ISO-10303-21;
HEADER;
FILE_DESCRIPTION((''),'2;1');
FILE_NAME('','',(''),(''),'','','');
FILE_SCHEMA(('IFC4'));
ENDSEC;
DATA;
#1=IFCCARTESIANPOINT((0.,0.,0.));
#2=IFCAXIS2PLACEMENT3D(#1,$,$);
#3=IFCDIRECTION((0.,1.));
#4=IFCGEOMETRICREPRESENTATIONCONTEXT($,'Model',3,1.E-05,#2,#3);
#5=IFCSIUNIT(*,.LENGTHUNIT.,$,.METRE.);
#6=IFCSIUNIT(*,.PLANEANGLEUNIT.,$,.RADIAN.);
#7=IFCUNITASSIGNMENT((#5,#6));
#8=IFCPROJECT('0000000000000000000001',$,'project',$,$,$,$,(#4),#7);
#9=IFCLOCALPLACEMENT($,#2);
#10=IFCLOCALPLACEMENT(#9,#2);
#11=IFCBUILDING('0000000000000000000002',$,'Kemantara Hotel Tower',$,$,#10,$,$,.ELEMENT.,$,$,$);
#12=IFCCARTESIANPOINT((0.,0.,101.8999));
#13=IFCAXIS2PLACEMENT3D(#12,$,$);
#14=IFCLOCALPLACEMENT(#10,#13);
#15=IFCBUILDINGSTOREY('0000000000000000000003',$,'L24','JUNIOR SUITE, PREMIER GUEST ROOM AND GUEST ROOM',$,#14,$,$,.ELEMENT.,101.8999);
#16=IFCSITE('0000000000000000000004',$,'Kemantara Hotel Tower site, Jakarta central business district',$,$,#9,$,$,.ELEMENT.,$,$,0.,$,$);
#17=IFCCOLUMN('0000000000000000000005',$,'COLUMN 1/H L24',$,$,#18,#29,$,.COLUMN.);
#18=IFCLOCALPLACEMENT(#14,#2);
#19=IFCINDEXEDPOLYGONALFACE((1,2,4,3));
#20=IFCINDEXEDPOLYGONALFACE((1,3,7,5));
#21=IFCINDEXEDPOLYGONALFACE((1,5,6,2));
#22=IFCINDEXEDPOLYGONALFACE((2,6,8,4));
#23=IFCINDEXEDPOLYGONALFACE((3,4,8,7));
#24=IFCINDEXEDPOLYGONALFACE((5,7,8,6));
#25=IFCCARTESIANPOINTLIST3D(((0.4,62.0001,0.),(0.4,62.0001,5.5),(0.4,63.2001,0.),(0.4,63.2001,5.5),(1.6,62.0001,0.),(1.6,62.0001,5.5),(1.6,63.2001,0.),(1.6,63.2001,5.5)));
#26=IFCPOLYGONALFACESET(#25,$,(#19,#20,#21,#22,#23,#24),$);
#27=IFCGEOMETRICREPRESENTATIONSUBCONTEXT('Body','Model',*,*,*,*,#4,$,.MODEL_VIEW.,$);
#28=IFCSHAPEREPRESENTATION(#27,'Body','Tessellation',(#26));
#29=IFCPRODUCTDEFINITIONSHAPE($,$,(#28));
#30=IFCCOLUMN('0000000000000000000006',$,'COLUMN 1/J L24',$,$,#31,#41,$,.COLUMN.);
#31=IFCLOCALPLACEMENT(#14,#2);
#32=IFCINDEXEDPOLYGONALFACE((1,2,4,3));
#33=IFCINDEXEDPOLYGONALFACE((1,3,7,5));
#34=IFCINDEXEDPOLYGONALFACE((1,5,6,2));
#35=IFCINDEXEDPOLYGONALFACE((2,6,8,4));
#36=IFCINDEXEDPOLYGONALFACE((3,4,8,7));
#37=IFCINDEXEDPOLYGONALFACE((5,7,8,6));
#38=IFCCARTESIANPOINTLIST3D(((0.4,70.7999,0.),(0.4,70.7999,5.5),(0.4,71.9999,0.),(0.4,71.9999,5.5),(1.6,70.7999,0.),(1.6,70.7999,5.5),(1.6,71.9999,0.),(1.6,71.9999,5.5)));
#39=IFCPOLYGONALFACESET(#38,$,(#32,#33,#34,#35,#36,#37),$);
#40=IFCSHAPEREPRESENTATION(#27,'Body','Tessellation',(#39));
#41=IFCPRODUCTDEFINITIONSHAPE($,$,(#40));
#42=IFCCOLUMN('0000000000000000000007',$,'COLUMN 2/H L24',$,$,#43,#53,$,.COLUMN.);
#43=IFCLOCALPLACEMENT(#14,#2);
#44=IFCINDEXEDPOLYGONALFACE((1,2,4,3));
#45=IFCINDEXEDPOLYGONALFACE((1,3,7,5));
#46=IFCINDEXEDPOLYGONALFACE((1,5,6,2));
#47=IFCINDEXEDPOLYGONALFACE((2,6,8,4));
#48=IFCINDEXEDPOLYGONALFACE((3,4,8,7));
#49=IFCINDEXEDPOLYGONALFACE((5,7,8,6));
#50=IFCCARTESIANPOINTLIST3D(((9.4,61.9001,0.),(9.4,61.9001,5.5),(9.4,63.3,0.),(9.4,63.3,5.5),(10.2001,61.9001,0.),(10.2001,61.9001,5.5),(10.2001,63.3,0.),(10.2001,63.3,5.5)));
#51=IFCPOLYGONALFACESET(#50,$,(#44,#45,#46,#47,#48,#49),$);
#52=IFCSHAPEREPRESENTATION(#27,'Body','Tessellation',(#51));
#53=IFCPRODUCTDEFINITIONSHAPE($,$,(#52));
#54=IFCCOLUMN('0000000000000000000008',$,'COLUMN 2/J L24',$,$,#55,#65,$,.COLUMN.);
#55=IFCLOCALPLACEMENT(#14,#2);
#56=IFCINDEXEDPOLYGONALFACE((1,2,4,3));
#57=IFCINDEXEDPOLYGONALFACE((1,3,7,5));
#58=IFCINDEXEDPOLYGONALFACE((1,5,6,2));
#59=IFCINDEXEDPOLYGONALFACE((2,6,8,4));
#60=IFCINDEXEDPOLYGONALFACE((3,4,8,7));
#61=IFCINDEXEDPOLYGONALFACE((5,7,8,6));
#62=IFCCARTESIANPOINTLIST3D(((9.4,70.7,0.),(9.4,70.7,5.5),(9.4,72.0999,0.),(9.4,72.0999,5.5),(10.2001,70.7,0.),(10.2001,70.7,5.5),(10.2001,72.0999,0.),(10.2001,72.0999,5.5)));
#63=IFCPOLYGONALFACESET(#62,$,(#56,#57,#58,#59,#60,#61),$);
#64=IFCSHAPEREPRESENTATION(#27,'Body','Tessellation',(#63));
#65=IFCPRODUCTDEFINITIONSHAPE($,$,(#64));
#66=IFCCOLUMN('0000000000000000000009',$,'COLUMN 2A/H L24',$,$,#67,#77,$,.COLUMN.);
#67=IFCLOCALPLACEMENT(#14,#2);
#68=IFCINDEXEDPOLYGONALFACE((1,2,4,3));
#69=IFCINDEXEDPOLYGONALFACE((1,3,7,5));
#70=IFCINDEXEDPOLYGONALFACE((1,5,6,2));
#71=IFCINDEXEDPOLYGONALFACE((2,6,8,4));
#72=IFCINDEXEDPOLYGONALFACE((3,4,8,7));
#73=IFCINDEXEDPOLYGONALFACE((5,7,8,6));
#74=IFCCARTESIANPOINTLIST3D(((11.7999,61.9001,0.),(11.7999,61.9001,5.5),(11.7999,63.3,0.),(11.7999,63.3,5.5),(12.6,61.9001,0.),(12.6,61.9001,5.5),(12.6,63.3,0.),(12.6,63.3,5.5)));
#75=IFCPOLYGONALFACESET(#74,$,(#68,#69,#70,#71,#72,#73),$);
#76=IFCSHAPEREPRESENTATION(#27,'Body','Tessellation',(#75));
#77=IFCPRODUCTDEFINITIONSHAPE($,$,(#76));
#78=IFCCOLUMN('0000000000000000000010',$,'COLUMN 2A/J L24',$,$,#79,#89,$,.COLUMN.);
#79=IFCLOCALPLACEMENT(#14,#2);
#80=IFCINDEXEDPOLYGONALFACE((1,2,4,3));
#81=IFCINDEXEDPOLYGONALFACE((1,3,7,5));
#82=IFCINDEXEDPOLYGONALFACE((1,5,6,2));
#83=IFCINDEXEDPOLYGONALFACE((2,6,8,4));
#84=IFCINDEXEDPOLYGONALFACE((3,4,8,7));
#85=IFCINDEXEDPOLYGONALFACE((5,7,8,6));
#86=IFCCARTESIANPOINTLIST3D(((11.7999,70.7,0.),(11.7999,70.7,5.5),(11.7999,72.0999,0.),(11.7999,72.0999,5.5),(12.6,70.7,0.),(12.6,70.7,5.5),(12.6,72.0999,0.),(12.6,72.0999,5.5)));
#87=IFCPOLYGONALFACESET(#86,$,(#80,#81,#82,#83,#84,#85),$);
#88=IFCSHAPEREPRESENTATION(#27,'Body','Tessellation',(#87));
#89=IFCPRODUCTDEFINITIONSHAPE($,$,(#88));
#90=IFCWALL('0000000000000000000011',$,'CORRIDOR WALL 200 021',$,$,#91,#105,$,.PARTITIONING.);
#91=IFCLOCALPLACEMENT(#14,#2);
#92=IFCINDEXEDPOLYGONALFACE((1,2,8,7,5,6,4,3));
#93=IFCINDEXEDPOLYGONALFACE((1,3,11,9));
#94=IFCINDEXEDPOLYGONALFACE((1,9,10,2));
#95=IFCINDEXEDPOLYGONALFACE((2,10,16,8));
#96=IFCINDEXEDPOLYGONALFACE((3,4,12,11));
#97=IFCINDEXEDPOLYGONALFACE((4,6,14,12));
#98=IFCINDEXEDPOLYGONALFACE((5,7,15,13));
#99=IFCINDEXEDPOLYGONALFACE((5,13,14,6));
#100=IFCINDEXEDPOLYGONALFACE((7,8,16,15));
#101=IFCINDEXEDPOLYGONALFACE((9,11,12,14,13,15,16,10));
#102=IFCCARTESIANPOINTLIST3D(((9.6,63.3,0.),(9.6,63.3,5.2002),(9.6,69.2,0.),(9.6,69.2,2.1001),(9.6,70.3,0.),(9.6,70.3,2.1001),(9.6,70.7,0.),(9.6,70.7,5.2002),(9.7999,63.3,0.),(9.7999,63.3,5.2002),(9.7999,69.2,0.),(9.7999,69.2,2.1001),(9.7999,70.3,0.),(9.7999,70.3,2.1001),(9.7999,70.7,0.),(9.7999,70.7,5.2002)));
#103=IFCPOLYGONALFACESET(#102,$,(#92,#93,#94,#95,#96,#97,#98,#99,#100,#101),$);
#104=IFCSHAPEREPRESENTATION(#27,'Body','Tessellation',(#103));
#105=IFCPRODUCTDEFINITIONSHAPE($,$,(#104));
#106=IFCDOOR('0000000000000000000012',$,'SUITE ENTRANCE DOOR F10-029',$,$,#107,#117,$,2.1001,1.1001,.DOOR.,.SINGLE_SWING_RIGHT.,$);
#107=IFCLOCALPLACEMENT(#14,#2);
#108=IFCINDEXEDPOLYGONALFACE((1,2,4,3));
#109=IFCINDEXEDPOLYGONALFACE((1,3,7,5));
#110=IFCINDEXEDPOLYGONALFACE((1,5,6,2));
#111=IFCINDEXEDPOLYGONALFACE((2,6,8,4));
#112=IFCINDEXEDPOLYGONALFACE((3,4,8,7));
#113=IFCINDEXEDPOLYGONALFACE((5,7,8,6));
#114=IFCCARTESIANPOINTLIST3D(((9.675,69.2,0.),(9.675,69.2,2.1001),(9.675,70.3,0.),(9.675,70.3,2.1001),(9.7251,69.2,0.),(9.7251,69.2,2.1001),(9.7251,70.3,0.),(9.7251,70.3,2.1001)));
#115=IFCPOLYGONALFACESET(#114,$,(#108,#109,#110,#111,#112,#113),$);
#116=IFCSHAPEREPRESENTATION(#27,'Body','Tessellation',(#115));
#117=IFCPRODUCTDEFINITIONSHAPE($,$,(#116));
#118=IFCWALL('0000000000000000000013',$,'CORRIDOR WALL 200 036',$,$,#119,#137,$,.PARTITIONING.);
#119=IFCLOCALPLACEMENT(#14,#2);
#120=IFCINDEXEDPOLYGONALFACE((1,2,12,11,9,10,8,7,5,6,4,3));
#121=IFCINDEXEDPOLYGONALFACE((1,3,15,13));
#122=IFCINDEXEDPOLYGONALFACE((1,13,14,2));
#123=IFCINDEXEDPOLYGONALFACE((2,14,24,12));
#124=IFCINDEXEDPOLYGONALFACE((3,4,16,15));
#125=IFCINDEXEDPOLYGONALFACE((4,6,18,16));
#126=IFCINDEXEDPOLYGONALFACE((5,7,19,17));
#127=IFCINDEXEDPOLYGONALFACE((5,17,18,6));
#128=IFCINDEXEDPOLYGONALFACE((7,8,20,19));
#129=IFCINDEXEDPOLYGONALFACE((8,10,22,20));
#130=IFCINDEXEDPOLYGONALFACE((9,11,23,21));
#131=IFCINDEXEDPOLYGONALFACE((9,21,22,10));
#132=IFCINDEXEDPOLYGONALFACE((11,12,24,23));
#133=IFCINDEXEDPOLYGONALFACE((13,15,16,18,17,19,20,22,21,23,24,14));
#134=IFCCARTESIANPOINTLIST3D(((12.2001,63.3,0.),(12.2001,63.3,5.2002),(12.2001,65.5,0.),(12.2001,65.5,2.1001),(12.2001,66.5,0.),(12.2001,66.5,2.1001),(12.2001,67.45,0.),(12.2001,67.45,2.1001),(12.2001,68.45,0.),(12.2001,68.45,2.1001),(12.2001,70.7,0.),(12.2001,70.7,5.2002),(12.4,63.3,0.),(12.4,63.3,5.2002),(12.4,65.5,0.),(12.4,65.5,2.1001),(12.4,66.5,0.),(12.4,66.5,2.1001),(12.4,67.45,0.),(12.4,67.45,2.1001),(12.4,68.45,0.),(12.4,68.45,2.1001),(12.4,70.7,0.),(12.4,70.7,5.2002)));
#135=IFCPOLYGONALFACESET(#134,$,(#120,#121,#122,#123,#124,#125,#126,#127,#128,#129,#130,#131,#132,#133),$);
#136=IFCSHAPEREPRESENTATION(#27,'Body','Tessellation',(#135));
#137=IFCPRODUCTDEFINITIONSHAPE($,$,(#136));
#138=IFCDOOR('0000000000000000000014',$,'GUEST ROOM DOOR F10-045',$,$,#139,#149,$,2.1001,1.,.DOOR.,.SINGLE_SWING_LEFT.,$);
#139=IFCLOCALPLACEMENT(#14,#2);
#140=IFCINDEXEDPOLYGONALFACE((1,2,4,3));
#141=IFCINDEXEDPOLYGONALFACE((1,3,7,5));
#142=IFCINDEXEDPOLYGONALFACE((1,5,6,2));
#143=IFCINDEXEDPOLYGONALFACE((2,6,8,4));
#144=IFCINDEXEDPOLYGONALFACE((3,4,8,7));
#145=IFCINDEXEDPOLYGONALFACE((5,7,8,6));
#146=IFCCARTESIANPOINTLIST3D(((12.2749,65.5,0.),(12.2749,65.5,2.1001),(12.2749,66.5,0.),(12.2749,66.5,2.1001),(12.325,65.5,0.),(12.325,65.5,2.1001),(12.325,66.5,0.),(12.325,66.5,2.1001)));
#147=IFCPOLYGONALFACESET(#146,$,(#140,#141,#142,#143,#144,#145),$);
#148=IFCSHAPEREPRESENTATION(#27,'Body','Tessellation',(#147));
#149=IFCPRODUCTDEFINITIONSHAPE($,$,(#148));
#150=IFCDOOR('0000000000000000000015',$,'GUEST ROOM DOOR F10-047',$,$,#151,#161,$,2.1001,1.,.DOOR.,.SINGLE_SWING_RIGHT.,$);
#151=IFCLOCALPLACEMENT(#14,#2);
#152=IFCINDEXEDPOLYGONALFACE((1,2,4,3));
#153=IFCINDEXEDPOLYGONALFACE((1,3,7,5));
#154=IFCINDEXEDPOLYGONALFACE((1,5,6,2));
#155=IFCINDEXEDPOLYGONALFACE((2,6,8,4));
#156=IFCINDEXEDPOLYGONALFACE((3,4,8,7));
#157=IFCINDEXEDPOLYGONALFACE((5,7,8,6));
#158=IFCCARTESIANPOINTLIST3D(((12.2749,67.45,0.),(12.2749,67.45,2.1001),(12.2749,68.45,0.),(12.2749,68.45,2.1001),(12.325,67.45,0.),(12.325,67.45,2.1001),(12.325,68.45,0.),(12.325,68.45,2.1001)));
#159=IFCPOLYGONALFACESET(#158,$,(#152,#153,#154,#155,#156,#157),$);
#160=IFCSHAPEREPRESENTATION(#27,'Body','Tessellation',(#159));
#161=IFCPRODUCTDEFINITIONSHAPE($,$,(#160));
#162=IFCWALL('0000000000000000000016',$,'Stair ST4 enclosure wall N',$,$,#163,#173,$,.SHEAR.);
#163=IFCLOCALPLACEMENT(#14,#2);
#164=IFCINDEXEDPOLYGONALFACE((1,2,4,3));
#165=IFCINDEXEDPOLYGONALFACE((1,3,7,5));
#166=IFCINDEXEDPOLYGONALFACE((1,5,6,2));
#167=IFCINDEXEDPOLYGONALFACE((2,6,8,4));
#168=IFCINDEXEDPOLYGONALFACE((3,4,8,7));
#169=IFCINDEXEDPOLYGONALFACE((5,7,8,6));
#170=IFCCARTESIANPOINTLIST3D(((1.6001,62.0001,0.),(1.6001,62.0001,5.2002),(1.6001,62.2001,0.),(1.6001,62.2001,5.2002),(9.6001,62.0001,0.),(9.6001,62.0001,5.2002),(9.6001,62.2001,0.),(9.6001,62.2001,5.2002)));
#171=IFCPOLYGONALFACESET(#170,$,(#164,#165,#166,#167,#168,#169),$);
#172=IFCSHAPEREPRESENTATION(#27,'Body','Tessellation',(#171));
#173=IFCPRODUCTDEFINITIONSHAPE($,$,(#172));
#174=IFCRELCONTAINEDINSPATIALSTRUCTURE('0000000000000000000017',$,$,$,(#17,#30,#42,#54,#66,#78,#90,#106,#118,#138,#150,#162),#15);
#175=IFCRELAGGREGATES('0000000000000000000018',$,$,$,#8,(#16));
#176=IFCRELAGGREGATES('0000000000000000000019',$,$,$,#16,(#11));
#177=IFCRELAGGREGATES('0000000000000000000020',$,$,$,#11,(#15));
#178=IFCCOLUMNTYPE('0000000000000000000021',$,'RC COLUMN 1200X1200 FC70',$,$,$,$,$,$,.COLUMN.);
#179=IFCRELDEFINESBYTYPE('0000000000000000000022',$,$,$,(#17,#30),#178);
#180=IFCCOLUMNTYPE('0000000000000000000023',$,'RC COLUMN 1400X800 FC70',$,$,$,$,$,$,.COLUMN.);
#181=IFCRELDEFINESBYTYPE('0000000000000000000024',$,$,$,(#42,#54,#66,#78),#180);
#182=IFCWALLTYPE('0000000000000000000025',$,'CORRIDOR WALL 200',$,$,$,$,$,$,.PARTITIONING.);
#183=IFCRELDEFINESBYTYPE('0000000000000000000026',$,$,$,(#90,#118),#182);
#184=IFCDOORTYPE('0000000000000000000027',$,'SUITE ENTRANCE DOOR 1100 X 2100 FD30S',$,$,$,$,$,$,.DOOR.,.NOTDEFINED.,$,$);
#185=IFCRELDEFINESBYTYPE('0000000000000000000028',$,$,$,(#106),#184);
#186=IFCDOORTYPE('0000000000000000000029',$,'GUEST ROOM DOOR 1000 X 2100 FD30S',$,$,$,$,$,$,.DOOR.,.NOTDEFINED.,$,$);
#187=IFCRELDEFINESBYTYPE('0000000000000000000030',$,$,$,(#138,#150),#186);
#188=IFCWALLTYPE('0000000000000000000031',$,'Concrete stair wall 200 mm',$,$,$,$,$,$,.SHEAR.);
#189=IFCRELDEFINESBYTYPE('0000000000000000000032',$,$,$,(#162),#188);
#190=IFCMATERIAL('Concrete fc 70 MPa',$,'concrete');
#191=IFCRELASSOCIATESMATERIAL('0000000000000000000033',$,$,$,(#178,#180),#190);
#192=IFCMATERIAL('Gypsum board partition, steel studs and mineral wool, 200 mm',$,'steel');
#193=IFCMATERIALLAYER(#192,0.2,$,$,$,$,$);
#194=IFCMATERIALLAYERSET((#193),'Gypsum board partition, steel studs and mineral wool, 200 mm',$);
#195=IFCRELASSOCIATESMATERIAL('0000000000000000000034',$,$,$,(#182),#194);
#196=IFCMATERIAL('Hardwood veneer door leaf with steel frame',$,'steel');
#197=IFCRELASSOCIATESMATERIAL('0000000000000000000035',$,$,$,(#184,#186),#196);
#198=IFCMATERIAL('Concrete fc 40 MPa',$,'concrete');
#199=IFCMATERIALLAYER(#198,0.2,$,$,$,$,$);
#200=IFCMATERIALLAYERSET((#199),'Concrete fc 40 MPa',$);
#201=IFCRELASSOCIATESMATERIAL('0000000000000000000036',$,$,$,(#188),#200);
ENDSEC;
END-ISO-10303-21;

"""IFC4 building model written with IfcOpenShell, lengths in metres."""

from ifc_helpers import new_model, si_unit, direction, frame, frame_2d, origin, origin_2d, place, context, subcontext, project, spatial, rectangle, extrude, material, layer, layer_set, material_profile, profile_set, type_object, element, fill, save


model = new_model("IFC4")

# Units and contexts
model_context = context("Model", 3, precision=1e-05, world=origin(), true_north=direction((0.0, 1.0)))
body_context = subcontext(model_context, "Body", "Model", "MODEL_VIEW")
ifc_project = project(units=[si_unit("LENGTHUNIT", "METRE"), si_unit("PLANEANGLEUNIT", "RADIAN")], contexts=[model_context])

# Site, building, storey
site_placement = place(None, origin())
site = spatial("IfcSite", under=ifc_project, at=site_placement, Name="Kemantara Hotel Tower site, Jakarta central business district", CompositionType="ELEMENT", RefElevation=0.0)
building_placement = place(site_placement, origin())
building = spatial("IfcBuilding", under=site, at=building_placement, Name="Kemantara Hotel Tower", CompositionType="ELEMENT")
storey_placement = place(building_placement, frame((0.0, 0.0, 101.8999)))
storey = spatial("IfcBuildingStorey", under=building, at=storey_placement, Name="L24", Description="JUNIOR SUITE, PREMIER GUEST ROOM AND GUEST ROOM", CompositionType="ELEMENT", Elevation=101.8999)

# Columns
ifc_material_1 = material(Name="Concrete fc 70 MPa", Category="concrete")
ifc_material_profile_1 = material_profile(ifc_material_1, rectangle(XDim=1.2, YDim=1.2, at=origin_2d()), Name="RC 1200X1200")
ifc_profile_set_1 = profile_set([ifc_material_profile_1], Name="Concrete fc 70 MPa")
column_type_1 = type_object("IfcColumnType", Name="RC COLUMN 1200X1200 FC70", PredefinedType="COLUMN", material=ifc_profile_set_1)
for number, where, z_axis, x_axis, name in (
    (1, (1.0, 62.6001, 0.0), (0.0, 0.0, 1.0), (1.0, 0.0, 0.0), "COLUMN 1/H L24"),
    (2, (1.0, 71.3999, 0.0), (0.0, 0.0, 1.0), (1.0, 0.0, 0.0), "COLUMN 1/J L24"),
):
    element("IfcColumn", number, at=place(storey_placement, frame(where, z_axis=z_axis, x_axis=x_axis)), inside=storey, type_object=column_type_1, Name=name, PredefinedType="COLUMN", context=body_context, shape_type="SweptSolid", body=[
        extrude(rectangle(XDim=1.2, YDim=1.2, at=origin_2d()), origin(), (0.0, 0.0, 1.0), 5.5),
    ])
ifc_material_profile_2 = material_profile(ifc_material_1, rectangle(XDim=1.3999, YDim=0.8, at=origin_2d()), Name="RC 1400X800")
ifc_profile_set_2 = profile_set([ifc_material_profile_2], Name="Concrete fc 70 MPa")
column_type_2 = type_object("IfcColumnType", Name="RC COLUMN 1400X800 FC70", PredefinedType="COLUMN", material=ifc_profile_set_2)
for number, where, z_axis, x_axis, name in (
    (3, (9.8, 62.6001, 0.0), (0.0, 0.0, 1.0), (0.0, 1.0, 0.0), "COLUMN 2/H L24"),
    (4, (9.8, 71.3999, 0.0), (0.0, 0.0, 1.0), (0.0, 1.0, 0.0), "COLUMN 2/J L24"),
    (5, (12.2, 62.6001, 0.0), (0.0, 0.0, 1.0), (0.0, 1.0, 0.0), "COLUMN 2A/H L24"),
    (6, (12.2, 71.3999, 0.0), (0.0, 0.0, 1.0), (0.0, 1.0, 0.0), "COLUMN 2A/J L24"),
):
    element("IfcColumn", number, at=place(storey_placement, frame(where, z_axis=z_axis, x_axis=x_axis)), inside=storey, type_object=column_type_2, Name=name, PredefinedType="COLUMN", context=body_context, shape_type="SweptSolid", body=[
        extrude(rectangle(XDim=1.3999, YDim=0.8, at=origin_2d()), origin(), (0.0, 0.0, 1.0), 5.5),
    ])

# Wall, opening, door
ifc_material_2 = material(Name="Gypsum board partition, steel studs and mineral wool, 200 mm", Category="steel")
ifc_layer_1 = layer(ifc_material_2, 0.2)
ifc_layer_set_1 = layer_set([ifc_layer_1], Name="Gypsum board partition, steel studs and mineral wool, 200 mm")
wall_type_1 = type_object("IfcWallType", Name="CORRIDOR WALL 200", PredefinedType="PARTITIONING", material=ifc_layer_set_1)
wall_1_placement = place(storey_placement, frame((9.7, 63.3, 0.0), z_axis=(0.0, 0.0, 1.0), x_axis=(0.0, 1.0, 0.0)))
wall_1 = element("IfcWall", 7, at=wall_1_placement, inside=storey, type_object=wall_type_1, Name="CORRIDOR WALL 200 021", PredefinedType="PARTITIONING", context=body_context, shape_type="SweptSolid", body=[
    extrude(rectangle(XDim=7.3999, YDim=0.2, at=frame_2d((3.7, 0.0))), origin(), (0.0, 0.0, 1.0), 5.2002),
])
opening_1_placement = place(wall_1_placement, frame((5.8999, 0.0, 0.0)))
opening_1 = element("IfcOpeningElement", 8, at=opening_1_placement, cuts=wall_1, PredefinedType="OPENING", context=body_context, shape_type="SweptSolid", body=[
    extrude(rectangle(XDim=1.1001, YDim=2.1001, at=frame_2d((0.55, 1.05))), frame((0.0, 0.1099, 0.0), z_axis=(0.0, -1.0, 0.0), x_axis=(1.0, 0.0, 0.0)), (0.0, 0.0, 1.0), 0.22),
])
ifc_material_3 = material(Name="Hardwood veneer door leaf with steel frame", Category="steel")
door_type_1 = type_object("IfcDoorType", Name="SUITE ENTRANCE DOOR 1100 X 2100 FD30S", OperationType="NOTDEFINED", PredefinedType="DOOR", material=ifc_material_3)
door_1_placement = place(opening_1_placement, origin())
door_1 = element("IfcDoor", 9, at=door_1_placement, inside=storey, type_object=door_type_1, Name="SUITE ENTRANCE DOOR F10-029", OperationType="SINGLE_SWING_RIGHT", OverallHeight=2.1001, OverallWidth=1.1001, PredefinedType="DOOR", context=body_context, shape_type="SweptSolid", body=[
    extrude(rectangle(XDim=1.1001, YDim=2.1001, at=frame_2d((0.55, 1.05))), frame((0.0, 0.0249, 0.0), z_axis=(0.0, -1.0, 0.0), x_axis=(1.0, 0.0, 0.0)), (0.0, 0.0, 1.0), 0.05),
])
fill(opening_1, door_1)

# Wall, openings, doors
wall_2_placement = place(storey_placement, frame((12.3, 70.7, 0.0), z_axis=(0.0, 0.0, 1.0), x_axis=(0.0, -1.0, 0.0)))
wall_2 = element("IfcWall", 10, at=wall_2_placement, inside=storey, type_object=wall_type_1, Name="CORRIDOR WALL 200 036", PredefinedType="PARTITIONING", context=body_context, shape_type="SweptSolid", body=[
    extrude(rectangle(XDim=7.3999, YDim=0.2, at=frame_2d((3.7, 0.0))), origin(), (0.0, 0.0, 1.0), 5.2002),
])
opening_2_placement = place(wall_2_placement, frame((4.2, 0.0, 0.0)))
opening_2 = element("IfcOpeningElement", 11, at=opening_2_placement, cuts=wall_2, PredefinedType="OPENING", context=body_context, shape_type="SweptSolid", body=[
    extrude(rectangle(XDim=1.0, YDim=2.1001, at=frame_2d((0.5, 1.05))), frame((0.0, 0.1099, 0.0), z_axis=(0.0, -1.0, 0.0), x_axis=(1.0, 0.0, 0.0)), (0.0, 0.0, 1.0), 0.22),
])
opening_3_placement = place(wall_2_placement, frame((2.25, 0.0, 0.0)))
opening_3 = element("IfcOpeningElement", 12, at=opening_3_placement, cuts=wall_2, PredefinedType="OPENING", context=body_context, shape_type="SweptSolid", body=[
    extrude(rectangle(XDim=1.0, YDim=2.1001, at=frame_2d((0.5, 1.05))), frame((0.0, 0.1099, 0.0), z_axis=(0.0, -1.0, 0.0), x_axis=(1.0, 0.0, 0.0)), (0.0, 0.0, 1.0), 0.22),
])
door_type_2 = type_object("IfcDoorType", Name="GUEST ROOM DOOR 1000 X 2100 FD30S", OperationType="NOTDEFINED", PredefinedType="DOOR", material=ifc_material_3)
door_2_placement = place(opening_2_placement, origin())
door_2 = element("IfcDoor", 13, at=door_2_placement, inside=storey, type_object=door_type_2, Name="GUEST ROOM DOOR F10-045", OperationType="SINGLE_SWING_LEFT", OverallHeight=2.1001, OverallWidth=1.0, PredefinedType="DOOR", context=body_context, shape_type="SweptSolid", body=[
    extrude(rectangle(XDim=1.0, YDim=2.1001, at=frame_2d((0.5, 1.05))), frame((0.0, 0.0249, 0.0), z_axis=(0.0, -1.0, 0.0), x_axis=(1.0, 0.0, 0.0)), (0.0, 0.0, 1.0), 0.05),
])
fill(opening_2, door_2)
door_3_placement = place(opening_3_placement, origin())
door_3 = element("IfcDoor", 14, at=door_3_placement, inside=storey, type_object=door_type_2, Name="GUEST ROOM DOOR F10-047", OperationType="SINGLE_SWING_RIGHT", OverallHeight=2.1001, OverallWidth=1.0, PredefinedType="DOOR", context=body_context, shape_type="SweptSolid", body=[
    extrude(rectangle(XDim=1.0, YDim=2.1001, at=frame_2d((0.5, 1.05))), frame((0.0, 0.0249, 0.0), z_axis=(0.0, -1.0, 0.0), x_axis=(1.0, 0.0, 0.0)), (0.0, 0.0, 1.0), 0.05),
])
fill(opening_3, door_3)

# Wall
ifc_material_4 = material(Name="Concrete fc 40 MPa", Category="concrete")
ifc_layer_2 = layer(ifc_material_4, 0.2)
ifc_layer_set_2 = layer_set([ifc_layer_2], Name="Concrete fc 40 MPa")
wall_type_2 = type_object("IfcWallType", Name="Concrete stair wall 200 mm", PredefinedType="SHEAR", material=ifc_layer_set_2)
wall_3_placement = place(storey_placement, frame((1.6001, 62.1001, 0.0), z_axis=(0.0, 0.0, 1.0), x_axis=(1.0, 0.0, 0.0)))
element("IfcWall", 15, at=wall_3_placement, inside=storey, type_object=wall_type_2, Name="Stair ST4 enclosure wall N", PredefinedType="SHEAR", context=body_context, shape_type="SweptSolid", body=[
    extrude(rectangle(XDim=8.0, YDim=0.2, at=frame_2d((4.0, 0.0))), origin(), (0.0, 0.0, 1.0), 5.2002),
])

save(model, "model.ifc")
